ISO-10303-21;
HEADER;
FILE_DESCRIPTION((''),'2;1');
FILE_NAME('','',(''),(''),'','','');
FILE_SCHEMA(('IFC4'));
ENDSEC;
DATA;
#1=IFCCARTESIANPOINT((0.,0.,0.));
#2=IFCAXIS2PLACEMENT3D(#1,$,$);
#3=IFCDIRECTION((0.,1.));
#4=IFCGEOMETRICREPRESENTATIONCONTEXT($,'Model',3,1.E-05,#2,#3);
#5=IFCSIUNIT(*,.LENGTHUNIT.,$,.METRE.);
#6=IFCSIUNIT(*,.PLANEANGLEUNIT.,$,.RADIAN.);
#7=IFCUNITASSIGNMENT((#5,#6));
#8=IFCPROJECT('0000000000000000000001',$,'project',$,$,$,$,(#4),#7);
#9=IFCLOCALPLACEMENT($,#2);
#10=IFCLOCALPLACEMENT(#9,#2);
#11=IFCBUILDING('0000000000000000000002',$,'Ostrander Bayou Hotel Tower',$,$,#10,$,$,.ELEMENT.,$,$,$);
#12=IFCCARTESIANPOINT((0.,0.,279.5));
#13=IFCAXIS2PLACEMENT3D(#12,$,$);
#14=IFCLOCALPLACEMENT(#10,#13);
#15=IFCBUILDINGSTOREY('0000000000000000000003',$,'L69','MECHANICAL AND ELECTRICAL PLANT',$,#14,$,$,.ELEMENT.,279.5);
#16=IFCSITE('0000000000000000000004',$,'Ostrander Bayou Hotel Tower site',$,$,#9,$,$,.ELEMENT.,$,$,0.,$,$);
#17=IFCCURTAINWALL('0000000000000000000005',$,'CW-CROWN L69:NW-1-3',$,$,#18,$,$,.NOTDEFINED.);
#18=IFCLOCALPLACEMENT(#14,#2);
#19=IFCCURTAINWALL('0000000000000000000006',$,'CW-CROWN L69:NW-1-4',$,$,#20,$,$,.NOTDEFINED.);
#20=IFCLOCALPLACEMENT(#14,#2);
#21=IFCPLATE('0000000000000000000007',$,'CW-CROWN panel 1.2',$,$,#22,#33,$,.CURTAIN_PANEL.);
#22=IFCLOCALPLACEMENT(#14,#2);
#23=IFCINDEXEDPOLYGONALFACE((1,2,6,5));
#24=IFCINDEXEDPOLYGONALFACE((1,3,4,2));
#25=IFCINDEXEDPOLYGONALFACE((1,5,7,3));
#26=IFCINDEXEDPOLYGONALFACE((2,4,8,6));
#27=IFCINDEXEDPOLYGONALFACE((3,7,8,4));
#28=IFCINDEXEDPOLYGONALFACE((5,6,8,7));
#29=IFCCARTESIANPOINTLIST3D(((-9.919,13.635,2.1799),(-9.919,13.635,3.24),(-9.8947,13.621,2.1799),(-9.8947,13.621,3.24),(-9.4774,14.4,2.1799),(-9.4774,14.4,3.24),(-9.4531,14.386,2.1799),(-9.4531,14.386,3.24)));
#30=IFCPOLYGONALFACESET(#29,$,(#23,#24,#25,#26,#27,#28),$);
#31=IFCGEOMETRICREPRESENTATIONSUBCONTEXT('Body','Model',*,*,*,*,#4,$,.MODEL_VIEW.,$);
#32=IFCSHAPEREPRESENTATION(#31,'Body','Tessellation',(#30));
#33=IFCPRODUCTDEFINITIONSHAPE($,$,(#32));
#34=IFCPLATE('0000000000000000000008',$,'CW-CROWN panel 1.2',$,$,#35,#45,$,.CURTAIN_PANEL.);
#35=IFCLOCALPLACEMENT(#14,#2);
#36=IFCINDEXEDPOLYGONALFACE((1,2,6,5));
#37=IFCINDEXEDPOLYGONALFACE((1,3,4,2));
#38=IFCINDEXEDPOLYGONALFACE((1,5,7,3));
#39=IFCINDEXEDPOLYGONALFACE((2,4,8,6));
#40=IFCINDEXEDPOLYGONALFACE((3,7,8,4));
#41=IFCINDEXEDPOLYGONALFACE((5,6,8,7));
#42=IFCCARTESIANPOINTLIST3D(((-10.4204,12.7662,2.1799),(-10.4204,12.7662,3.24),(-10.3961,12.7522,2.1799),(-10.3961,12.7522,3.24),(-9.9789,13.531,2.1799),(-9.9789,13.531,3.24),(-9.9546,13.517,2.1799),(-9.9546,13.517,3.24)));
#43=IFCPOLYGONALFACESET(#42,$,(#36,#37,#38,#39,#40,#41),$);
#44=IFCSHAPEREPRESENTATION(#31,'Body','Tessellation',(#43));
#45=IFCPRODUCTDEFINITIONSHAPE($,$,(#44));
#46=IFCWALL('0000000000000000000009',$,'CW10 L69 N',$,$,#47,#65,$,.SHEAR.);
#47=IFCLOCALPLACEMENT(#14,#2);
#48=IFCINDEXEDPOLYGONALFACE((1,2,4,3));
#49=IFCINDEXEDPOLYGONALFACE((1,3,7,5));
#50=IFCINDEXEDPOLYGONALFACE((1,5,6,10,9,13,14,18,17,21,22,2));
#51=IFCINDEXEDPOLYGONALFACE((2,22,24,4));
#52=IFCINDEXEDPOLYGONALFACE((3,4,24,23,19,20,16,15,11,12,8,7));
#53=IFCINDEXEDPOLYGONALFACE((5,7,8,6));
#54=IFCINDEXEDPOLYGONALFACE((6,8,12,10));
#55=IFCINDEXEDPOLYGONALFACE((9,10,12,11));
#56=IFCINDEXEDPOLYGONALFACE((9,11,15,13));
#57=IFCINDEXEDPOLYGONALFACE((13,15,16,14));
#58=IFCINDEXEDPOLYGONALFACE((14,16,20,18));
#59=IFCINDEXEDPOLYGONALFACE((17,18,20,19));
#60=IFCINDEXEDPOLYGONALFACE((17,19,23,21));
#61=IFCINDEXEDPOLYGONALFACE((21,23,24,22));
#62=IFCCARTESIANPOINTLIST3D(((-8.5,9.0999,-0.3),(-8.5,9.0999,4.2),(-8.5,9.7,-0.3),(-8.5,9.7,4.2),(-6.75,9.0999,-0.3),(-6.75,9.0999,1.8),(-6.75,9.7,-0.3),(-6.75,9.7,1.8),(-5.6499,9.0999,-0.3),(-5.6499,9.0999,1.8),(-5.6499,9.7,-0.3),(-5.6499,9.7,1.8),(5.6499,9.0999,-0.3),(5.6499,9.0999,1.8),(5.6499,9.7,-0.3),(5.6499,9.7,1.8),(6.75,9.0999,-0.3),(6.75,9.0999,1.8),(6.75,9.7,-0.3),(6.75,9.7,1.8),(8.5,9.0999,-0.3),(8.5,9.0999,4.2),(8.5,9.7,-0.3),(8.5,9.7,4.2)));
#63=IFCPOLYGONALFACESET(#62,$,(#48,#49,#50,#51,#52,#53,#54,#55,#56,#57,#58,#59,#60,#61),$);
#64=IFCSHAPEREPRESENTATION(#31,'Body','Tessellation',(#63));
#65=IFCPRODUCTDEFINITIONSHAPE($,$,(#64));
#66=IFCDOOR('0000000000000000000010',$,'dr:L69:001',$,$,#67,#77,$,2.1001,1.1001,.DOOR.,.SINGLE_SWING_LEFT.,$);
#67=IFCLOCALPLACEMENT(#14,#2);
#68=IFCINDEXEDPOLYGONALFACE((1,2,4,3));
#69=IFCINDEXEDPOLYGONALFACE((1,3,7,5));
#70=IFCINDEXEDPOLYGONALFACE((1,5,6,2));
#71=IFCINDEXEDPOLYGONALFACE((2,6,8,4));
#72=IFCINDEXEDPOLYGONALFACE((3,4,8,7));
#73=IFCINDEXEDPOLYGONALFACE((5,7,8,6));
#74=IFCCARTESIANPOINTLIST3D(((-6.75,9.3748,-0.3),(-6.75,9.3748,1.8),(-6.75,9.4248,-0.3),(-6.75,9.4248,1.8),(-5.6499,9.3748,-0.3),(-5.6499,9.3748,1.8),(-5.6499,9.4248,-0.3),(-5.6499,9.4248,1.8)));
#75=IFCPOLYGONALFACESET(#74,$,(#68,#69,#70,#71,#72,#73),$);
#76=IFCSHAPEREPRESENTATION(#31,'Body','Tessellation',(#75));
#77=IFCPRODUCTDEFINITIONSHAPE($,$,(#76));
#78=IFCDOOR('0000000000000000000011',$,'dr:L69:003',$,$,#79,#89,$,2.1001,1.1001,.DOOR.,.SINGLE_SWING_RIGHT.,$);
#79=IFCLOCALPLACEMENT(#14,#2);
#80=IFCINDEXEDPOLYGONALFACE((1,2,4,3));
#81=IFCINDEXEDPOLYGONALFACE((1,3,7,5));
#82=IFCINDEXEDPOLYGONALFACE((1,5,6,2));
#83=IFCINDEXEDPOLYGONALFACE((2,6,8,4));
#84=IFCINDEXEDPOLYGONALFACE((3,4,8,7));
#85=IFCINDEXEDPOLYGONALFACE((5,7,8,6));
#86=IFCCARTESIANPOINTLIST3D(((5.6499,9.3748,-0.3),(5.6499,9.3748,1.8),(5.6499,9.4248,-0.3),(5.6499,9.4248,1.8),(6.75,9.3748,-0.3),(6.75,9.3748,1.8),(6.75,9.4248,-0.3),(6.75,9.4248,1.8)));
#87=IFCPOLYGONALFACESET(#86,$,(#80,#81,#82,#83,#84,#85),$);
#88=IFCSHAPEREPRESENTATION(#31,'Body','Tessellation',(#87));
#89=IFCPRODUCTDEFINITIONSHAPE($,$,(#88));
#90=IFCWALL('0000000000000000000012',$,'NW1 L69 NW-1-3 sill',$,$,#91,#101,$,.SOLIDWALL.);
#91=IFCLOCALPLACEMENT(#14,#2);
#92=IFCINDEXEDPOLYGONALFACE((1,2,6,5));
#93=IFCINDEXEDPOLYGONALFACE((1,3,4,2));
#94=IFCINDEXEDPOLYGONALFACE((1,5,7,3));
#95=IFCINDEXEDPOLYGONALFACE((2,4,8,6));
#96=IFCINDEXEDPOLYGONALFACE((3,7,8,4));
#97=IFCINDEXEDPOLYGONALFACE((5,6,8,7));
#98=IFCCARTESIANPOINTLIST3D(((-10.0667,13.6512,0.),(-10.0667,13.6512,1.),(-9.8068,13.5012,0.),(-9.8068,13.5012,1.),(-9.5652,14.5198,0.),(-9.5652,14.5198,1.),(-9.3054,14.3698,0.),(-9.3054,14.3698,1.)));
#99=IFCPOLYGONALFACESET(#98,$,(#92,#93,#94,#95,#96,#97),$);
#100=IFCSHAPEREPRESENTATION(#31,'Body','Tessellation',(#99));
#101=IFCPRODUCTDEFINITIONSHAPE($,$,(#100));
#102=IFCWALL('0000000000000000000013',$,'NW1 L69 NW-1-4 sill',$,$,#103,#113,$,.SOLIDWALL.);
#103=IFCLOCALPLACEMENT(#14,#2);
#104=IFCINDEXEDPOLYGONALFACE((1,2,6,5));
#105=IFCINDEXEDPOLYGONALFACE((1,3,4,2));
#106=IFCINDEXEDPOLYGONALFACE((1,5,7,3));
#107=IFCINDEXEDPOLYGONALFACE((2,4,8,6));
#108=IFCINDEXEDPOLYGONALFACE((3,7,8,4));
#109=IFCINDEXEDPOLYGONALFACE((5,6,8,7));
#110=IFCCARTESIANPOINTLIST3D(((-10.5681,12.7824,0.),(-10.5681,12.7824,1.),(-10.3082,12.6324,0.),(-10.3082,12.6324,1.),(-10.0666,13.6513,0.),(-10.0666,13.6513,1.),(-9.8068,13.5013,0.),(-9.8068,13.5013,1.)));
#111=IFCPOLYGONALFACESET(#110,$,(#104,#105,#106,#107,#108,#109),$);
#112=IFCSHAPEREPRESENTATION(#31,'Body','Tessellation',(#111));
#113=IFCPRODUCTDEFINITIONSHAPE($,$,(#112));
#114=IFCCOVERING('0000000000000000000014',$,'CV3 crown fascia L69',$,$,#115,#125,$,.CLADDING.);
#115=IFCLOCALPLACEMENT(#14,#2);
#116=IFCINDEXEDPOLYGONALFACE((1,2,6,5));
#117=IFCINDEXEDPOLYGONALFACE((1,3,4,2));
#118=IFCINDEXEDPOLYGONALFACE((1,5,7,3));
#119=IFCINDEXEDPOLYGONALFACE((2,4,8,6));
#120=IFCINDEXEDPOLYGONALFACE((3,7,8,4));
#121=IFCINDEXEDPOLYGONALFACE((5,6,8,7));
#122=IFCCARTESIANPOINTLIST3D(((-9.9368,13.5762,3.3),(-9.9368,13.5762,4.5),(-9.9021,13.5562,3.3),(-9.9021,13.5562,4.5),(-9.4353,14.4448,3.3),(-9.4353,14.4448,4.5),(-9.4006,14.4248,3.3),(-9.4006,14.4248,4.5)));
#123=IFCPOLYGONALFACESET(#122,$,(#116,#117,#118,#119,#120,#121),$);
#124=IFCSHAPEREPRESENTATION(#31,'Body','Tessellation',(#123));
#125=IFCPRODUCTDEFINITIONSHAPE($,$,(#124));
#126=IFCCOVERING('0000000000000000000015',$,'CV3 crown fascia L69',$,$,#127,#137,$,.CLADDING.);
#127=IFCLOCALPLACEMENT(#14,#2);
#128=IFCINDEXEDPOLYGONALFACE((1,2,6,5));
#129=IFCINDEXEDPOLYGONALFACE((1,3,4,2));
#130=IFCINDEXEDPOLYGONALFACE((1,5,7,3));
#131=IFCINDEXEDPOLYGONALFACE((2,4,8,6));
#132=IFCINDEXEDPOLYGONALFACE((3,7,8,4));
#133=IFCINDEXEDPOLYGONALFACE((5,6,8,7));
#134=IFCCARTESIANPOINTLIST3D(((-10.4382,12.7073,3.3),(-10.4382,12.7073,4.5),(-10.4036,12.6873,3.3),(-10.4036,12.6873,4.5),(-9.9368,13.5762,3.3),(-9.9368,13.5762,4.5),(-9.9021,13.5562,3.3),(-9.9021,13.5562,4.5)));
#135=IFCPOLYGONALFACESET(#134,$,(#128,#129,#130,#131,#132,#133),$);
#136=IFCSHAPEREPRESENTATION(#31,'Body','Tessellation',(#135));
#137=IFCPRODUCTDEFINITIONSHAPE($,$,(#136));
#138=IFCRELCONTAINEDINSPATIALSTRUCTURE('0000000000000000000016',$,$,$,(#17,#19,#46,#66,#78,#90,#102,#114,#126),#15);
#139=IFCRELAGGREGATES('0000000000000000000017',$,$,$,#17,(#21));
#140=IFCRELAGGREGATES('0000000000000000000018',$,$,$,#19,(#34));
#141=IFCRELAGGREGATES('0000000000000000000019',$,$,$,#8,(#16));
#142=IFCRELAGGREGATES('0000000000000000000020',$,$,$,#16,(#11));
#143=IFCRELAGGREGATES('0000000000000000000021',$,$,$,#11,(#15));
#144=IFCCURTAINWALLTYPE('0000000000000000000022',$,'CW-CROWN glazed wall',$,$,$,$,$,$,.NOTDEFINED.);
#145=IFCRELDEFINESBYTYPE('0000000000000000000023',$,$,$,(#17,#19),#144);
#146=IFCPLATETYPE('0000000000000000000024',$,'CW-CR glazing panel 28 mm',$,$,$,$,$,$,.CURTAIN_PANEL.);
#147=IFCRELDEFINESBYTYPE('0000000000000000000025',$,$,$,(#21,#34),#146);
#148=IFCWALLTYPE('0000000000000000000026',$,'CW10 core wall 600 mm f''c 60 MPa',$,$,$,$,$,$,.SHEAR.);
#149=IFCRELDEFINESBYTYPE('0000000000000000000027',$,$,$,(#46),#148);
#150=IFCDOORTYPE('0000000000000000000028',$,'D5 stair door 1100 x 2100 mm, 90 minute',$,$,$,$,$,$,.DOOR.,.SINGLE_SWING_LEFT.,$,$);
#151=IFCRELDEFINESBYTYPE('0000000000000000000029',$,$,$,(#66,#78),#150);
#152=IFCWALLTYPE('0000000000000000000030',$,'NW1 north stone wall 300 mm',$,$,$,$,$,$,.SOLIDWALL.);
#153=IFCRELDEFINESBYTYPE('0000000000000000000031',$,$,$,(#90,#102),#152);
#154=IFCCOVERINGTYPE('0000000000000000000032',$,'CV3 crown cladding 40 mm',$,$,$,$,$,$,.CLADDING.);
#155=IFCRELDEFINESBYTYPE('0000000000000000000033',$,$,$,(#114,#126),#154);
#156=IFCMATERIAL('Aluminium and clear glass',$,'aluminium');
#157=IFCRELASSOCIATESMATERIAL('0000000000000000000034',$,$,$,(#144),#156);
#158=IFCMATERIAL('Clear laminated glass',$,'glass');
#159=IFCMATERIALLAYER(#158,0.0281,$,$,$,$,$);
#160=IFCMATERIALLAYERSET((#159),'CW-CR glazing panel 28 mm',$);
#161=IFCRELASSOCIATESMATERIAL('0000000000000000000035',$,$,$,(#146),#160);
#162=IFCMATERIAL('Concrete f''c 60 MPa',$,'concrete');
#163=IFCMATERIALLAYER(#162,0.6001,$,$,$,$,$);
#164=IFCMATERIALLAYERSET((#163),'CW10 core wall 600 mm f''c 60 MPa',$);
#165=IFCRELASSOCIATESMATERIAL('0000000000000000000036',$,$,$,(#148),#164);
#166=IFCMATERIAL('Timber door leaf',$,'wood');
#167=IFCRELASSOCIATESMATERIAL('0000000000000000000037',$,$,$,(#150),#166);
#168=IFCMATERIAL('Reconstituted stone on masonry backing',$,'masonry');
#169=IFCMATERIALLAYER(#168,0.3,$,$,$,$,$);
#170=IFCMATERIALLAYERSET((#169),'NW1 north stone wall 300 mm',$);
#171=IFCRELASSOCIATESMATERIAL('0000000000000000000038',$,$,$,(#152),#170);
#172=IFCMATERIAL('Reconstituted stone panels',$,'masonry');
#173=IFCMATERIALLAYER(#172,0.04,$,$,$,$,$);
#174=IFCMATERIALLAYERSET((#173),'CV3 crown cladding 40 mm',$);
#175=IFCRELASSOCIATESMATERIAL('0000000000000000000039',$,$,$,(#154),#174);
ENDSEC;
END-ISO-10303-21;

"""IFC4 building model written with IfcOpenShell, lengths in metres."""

from ifc_helpers import new_model, si_unit, direction, frame, frame_2d, origin, origin_2d, place, context, subcontext, project, spatial, polyline, rectangle, outline, extrude, material, layer, layer_set, type_object, element, fill, aggregate, save


model = new_model("IFC4")

# Units and contexts
model_context = context("Model", 3, precision=1e-05, world=origin(), true_north=direction((0.0, 1.0)))
body_context = subcontext(model_context, "Body", "Model", "MODEL_VIEW")
ifc_project = project(units=[si_unit("LENGTHUNIT", "METRE"), si_unit("PLANEANGLEUNIT", "RADIAN")], contexts=[model_context])

# Site, building, storey
site_placement = place(None, origin())
site = spatial("IfcSite", under=ifc_project, at=site_placement, Name="Ostrander Bayou Hotel Tower site", CompositionType="ELEMENT", RefElevation=0.0)
building_placement = place(site_placement, origin())
building = spatial("IfcBuilding", under=site, at=building_placement, Name="Ostrander Bayou Hotel Tower", CompositionType="ELEMENT")
storey_placement = place(building_placement, frame((0.0, 0.0, 279.5)))
storey = spatial("IfcBuildingStorey", under=building, at=storey_placement, Name="L69", Description="MECHANICAL AND ELECTRICAL PLANT", CompositionType="ELEMENT", Elevation=279.5)

# Shared definitions
ifc_material_1 = material(Name="Aluminium and clear glass", Category="aluminium")
curtain_wall_type = type_object("IfcCurtainWallType", Name="CW-CROWN glazed wall", PredefinedType="NOTDEFINED", material=ifc_material_1)

# Curtain wall
curtain_wall_1_placement = place(storey_placement, origin())
curtain_wall_1 = element("IfcCurtainWall", 1, at=curtain_wall_1_placement, inside=storey, type_object=curtain_wall_type, Name="CW-CROWN L69:NW-1-3", PredefinedType="NOTDEFINED")

# Curtain wall
curtain_wall_2_placement = place(storey_placement, origin())
curtain_wall_2 = element("IfcCurtainWall", 2, at=curtain_wall_2_placement, inside=storey, type_object=curtain_wall_type, Name="CW-CROWN L69:NW-1-4", PredefinedType="NOTDEFINED")

# Plates
ifc_material_2 = material(Name="Clear laminated glass", Category="glass")
ifc_layer_1 = layer(ifc_material_2, 0.0281)
ifc_layer_set_1 = layer_set([ifc_layer_1], Name="CW-CR glazing panel 28 mm")
plate_type = type_object("IfcPlateType", Name="CW-CR glazing panel 28 mm", PredefinedType="CURTAIN_PANEL", material=ifc_layer_set_1)
plate_1_placement = place(storey_placement, frame((-9.686, 14.0105, 2.1799), z_axis=(0.0, 0.0, 1.0), x_axis=(-0.499999, -0.866026, 0.0)))
plate_1 = element("IfcPlate", 3, at=plate_1_placement, type_object=plate_type, Name="CW-CROWN panel 1.2", PredefinedType="CURTAIN_PANEL", context=body_context, shape_type="SweptSolid", body=[
    extrude(rectangle(XDim=0.8833, YDim=0.0281, at=origin_2d()), origin(), (0.0, 0.0, 1.0), 1.0601),
])
aggregate(curtain_wall_1, [plate_1])
plate_2_placement = place(storey_placement, frame((-10.1875, 13.1416, 2.1799), z_axis=(0.0, 0.0, 1.0), x_axis=(-0.499924, -0.866069, 0.0)))
plate_2 = element("IfcPlate", 4, at=plate_2_placement, type_object=plate_type, Name="CW-CROWN panel 1.2", PredefinedType="CURTAIN_PANEL", context=body_context, shape_type="SweptSolid", body=[
    extrude(rectangle(XDim=0.8831, YDim=0.0281, at=origin_2d()), origin(), (0.0, 0.0, 1.0), 1.0601),
])
aggregate(curtain_wall_2, [plate_2])

# Wall, openings, doors
ifc_material_3 = material(Name="Concrete f'c 60 MPa", Category="concrete")
ifc_layer_2 = layer(ifc_material_3, 0.6001)
ifc_layer_set_2 = layer_set([ifc_layer_2], Name="CW10 core wall 600 mm f'c 60 MPa")
wall_type_1 = type_object("IfcWallType", Name="CW10 core wall 600 mm f'c 60 MPa", PredefinedType="SHEAR", material=ifc_layer_set_2)
wall_1_placement = place(storey_placement, frame((-8.5, 9.3999, -0.3), z_axis=(0.0, 0.0, 1.0), x_axis=(1.0, 0.0, 0.0)))
wall_1 = element("IfcWall", 5, at=wall_1_placement, inside=storey, type_object=wall_type_1, Name="CW10 L69 N", PredefinedType="SHEAR", context=body_context, shape_type="SweptSolid", body=[
    extrude(rectangle(XDim=17.0, YDim=0.6001, at=frame_2d((8.5, 0.0))), origin(), (0.0, 0.0, 1.0), 4.5),
])
opening_1_placement = place(wall_1_placement, frame((1.75, 0.0, 0.0)))
opening_1 = element("IfcOpeningElement", 6, at=opening_1_placement, cuts=wall_1, PredefinedType="OPENING", context=body_context, shape_type="SweptSolid", body=[
    extrude(rectangle(XDim=1.1001, YDim=2.1001, at=frame_2d((0.55, 1.05))), frame((0.0, 0.3, 0.0), z_axis=(0.0, -1.0, 0.0), x_axis=(1.0, 0.0, 0.0)), (0.0, 0.0, 1.0), 0.6001),
])
opening_2_placement = place(wall_1_placement, frame((14.1499, 0.0, 0.0)))
opening_2 = element("IfcOpeningElement", 7, at=opening_2_placement, cuts=wall_1, PredefinedType="OPENING", context=body_context, shape_type="SweptSolid", body=[
    extrude(rectangle(XDim=1.1001, YDim=2.1001, at=frame_2d((0.55, 1.05))), frame((0.0, 0.3, 0.0), z_axis=(0.0, -1.0, 0.0), x_axis=(1.0, 0.0, 0.0)), (0.0, 0.0, 1.0), 0.6001),
])
ifc_material_4 = material(Name="Timber door leaf", Category="wood")
door_type = type_object("IfcDoorType", Name="D5 stair door 1100 x 2100 mm, 90 minute", OperationType="SINGLE_SWING_LEFT", PredefinedType="DOOR", material=ifc_material_4)
door_1_placement = place(opening_1_placement, origin())
door_1 = element("IfcDoor", 8, at=door_1_placement, inside=storey, type_object=door_type, Name="dr:L69:001", OperationType="SINGLE_SWING_LEFT", OverallHeight=2.1001, OverallWidth=1.1001, PredefinedType="DOOR", context=body_context, shape_type="SweptSolid", body=[
    extrude(rectangle(XDim=1.1001, YDim=2.1001, at=frame_2d((0.55, 1.05))), frame((0.0, 0.0249, 0.0), z_axis=(0.0, -1.0, 0.0), x_axis=(1.0, 0.0, 0.0)), (0.0, 0.0, 1.0), 0.05),
])
fill(opening_1, door_1)
door_2_placement = place(opening_2_placement, origin())
door_2 = element("IfcDoor", 9, at=door_2_placement, inside=storey, type_object=door_type, Name="dr:L69:003", OperationType="SINGLE_SWING_RIGHT", OverallHeight=2.1001, OverallWidth=1.1001, PredefinedType="DOOR", context=body_context, shape_type="SweptSolid", body=[
    extrude(rectangle(XDim=1.1001, YDim=2.1001, at=frame_2d((0.55, 1.05))), frame((0.0, 0.0249, 0.0), z_axis=(0.0, -1.0, 0.0), x_axis=(1.0, 0.0, 0.0)), (0.0, 0.0, 1.0), 0.05),
])
fill(opening_2, door_2)

# Walls
ifc_material_5 = material(Name="Reconstituted stone on masonry backing", Category="masonry")
ifc_layer_3 = layer(ifc_material_5, 0.3)
ifc_layer_set_3 = layer_set([ifc_layer_3], Name="NW1 north stone wall 300 mm")
wall_type_2 = type_object("IfcWallType", Name="NW1 north stone wall 300 mm", PredefinedType="SOLIDWALL", material=ifc_layer_set_3)
wall_2_placement = place(storey_placement, frame((-9.4353, 14.4448, 0.0), z_axis=(0.0, 0.0, 1.0), x_axis=(-0.499961, -0.866048, 0.0)))
element("IfcWall", 10, at=wall_2_placement, inside=storey, type_object=wall_type_2, Name="NW1 L69 NW-1-3 sill", PredefinedType="SOLIDWALL", context=body_context, shape_type="SweptSolid", body=[
    extrude(rectangle(XDim=1.0029, YDim=0.3, at=frame_2d((0.5015, 0.0))), origin(), (0.0, 0.0, 1.0), 1.0),
])
wall_3_placement = place(storey_placement, frame((-9.9368, 13.5762, 0.0), z_axis=(0.0, 0.0, 1.0), x_axis=(-0.499856, -0.866109, 0.0)))
element("IfcWall", 11, at=wall_3_placement, inside=storey, type_object=wall_type_2, Name="NW1 L69 NW-1-4 sill", PredefinedType="SOLIDWALL", context=body_context, shape_type="SweptSolid", body=[
    extrude(rectangle(XDim=1.0032, YDim=0.3, at=frame_2d((0.5015, 0.0))), origin(), (0.0, 0.0, 1.0), 1.0),
])

# Coverings
ifc_material_6 = material(Name="Reconstituted stone panels", Category="masonry")
ifc_layer_4 = layer(ifc_material_6, 0.04)
ifc_layer_set_4 = layer_set([ifc_layer_4], Name="CV3 crown cladding 40 mm")
covering_type = type_object("IfcCoveringType", Name="CV3 crown cladding 40 mm", PredefinedType="CLADDING", material=ifc_layer_set_4)
covering_1_placement = place(storey_placement, frame((-9.4353, 14.4448, 3.3), z_axis=(-0.866048, 0.499961, 0.0), x_axis=(-0.499961, -0.866048, 0.0)))
element("IfcCovering", 12, at=covering_1_placement, inside=storey, type_object=covering_type, Name="CV3 crown fascia L69", PredefinedType="CLADDING", context=body_context, shape_type="SweptSolid", body=[
    extrude(outline(polyline([(0.0, 0.0), (1.003, 0.0), (1.003, 1.2), (0.0, 1.2), (0.0, 0.0)])), origin(), (0.0, 0.0, -1.0), 0.04),
])
covering_2_placement = place(storey_placement, frame((-9.9368, 13.5762, 3.3), z_axis=(-0.866109, 0.499856, 0.0), x_axis=(-0.499856, -0.866109, 0.0)))
element("IfcCovering", 13, at=covering_2_placement, inside=storey, type_object=covering_type, Name="CV3 crown fascia L69", PredefinedType="CLADDING", context=body_context, shape_type="SweptSolid", body=[
    extrude(outline(polyline([(0.0, 0.0), (1.0032, 0.0), (1.0032, 1.2), (0.0, 1.2), (0.0, 0.0)])), origin(), (0.0, 0.0, -1.0), 0.04),
])

save(model, "model.ifc")
